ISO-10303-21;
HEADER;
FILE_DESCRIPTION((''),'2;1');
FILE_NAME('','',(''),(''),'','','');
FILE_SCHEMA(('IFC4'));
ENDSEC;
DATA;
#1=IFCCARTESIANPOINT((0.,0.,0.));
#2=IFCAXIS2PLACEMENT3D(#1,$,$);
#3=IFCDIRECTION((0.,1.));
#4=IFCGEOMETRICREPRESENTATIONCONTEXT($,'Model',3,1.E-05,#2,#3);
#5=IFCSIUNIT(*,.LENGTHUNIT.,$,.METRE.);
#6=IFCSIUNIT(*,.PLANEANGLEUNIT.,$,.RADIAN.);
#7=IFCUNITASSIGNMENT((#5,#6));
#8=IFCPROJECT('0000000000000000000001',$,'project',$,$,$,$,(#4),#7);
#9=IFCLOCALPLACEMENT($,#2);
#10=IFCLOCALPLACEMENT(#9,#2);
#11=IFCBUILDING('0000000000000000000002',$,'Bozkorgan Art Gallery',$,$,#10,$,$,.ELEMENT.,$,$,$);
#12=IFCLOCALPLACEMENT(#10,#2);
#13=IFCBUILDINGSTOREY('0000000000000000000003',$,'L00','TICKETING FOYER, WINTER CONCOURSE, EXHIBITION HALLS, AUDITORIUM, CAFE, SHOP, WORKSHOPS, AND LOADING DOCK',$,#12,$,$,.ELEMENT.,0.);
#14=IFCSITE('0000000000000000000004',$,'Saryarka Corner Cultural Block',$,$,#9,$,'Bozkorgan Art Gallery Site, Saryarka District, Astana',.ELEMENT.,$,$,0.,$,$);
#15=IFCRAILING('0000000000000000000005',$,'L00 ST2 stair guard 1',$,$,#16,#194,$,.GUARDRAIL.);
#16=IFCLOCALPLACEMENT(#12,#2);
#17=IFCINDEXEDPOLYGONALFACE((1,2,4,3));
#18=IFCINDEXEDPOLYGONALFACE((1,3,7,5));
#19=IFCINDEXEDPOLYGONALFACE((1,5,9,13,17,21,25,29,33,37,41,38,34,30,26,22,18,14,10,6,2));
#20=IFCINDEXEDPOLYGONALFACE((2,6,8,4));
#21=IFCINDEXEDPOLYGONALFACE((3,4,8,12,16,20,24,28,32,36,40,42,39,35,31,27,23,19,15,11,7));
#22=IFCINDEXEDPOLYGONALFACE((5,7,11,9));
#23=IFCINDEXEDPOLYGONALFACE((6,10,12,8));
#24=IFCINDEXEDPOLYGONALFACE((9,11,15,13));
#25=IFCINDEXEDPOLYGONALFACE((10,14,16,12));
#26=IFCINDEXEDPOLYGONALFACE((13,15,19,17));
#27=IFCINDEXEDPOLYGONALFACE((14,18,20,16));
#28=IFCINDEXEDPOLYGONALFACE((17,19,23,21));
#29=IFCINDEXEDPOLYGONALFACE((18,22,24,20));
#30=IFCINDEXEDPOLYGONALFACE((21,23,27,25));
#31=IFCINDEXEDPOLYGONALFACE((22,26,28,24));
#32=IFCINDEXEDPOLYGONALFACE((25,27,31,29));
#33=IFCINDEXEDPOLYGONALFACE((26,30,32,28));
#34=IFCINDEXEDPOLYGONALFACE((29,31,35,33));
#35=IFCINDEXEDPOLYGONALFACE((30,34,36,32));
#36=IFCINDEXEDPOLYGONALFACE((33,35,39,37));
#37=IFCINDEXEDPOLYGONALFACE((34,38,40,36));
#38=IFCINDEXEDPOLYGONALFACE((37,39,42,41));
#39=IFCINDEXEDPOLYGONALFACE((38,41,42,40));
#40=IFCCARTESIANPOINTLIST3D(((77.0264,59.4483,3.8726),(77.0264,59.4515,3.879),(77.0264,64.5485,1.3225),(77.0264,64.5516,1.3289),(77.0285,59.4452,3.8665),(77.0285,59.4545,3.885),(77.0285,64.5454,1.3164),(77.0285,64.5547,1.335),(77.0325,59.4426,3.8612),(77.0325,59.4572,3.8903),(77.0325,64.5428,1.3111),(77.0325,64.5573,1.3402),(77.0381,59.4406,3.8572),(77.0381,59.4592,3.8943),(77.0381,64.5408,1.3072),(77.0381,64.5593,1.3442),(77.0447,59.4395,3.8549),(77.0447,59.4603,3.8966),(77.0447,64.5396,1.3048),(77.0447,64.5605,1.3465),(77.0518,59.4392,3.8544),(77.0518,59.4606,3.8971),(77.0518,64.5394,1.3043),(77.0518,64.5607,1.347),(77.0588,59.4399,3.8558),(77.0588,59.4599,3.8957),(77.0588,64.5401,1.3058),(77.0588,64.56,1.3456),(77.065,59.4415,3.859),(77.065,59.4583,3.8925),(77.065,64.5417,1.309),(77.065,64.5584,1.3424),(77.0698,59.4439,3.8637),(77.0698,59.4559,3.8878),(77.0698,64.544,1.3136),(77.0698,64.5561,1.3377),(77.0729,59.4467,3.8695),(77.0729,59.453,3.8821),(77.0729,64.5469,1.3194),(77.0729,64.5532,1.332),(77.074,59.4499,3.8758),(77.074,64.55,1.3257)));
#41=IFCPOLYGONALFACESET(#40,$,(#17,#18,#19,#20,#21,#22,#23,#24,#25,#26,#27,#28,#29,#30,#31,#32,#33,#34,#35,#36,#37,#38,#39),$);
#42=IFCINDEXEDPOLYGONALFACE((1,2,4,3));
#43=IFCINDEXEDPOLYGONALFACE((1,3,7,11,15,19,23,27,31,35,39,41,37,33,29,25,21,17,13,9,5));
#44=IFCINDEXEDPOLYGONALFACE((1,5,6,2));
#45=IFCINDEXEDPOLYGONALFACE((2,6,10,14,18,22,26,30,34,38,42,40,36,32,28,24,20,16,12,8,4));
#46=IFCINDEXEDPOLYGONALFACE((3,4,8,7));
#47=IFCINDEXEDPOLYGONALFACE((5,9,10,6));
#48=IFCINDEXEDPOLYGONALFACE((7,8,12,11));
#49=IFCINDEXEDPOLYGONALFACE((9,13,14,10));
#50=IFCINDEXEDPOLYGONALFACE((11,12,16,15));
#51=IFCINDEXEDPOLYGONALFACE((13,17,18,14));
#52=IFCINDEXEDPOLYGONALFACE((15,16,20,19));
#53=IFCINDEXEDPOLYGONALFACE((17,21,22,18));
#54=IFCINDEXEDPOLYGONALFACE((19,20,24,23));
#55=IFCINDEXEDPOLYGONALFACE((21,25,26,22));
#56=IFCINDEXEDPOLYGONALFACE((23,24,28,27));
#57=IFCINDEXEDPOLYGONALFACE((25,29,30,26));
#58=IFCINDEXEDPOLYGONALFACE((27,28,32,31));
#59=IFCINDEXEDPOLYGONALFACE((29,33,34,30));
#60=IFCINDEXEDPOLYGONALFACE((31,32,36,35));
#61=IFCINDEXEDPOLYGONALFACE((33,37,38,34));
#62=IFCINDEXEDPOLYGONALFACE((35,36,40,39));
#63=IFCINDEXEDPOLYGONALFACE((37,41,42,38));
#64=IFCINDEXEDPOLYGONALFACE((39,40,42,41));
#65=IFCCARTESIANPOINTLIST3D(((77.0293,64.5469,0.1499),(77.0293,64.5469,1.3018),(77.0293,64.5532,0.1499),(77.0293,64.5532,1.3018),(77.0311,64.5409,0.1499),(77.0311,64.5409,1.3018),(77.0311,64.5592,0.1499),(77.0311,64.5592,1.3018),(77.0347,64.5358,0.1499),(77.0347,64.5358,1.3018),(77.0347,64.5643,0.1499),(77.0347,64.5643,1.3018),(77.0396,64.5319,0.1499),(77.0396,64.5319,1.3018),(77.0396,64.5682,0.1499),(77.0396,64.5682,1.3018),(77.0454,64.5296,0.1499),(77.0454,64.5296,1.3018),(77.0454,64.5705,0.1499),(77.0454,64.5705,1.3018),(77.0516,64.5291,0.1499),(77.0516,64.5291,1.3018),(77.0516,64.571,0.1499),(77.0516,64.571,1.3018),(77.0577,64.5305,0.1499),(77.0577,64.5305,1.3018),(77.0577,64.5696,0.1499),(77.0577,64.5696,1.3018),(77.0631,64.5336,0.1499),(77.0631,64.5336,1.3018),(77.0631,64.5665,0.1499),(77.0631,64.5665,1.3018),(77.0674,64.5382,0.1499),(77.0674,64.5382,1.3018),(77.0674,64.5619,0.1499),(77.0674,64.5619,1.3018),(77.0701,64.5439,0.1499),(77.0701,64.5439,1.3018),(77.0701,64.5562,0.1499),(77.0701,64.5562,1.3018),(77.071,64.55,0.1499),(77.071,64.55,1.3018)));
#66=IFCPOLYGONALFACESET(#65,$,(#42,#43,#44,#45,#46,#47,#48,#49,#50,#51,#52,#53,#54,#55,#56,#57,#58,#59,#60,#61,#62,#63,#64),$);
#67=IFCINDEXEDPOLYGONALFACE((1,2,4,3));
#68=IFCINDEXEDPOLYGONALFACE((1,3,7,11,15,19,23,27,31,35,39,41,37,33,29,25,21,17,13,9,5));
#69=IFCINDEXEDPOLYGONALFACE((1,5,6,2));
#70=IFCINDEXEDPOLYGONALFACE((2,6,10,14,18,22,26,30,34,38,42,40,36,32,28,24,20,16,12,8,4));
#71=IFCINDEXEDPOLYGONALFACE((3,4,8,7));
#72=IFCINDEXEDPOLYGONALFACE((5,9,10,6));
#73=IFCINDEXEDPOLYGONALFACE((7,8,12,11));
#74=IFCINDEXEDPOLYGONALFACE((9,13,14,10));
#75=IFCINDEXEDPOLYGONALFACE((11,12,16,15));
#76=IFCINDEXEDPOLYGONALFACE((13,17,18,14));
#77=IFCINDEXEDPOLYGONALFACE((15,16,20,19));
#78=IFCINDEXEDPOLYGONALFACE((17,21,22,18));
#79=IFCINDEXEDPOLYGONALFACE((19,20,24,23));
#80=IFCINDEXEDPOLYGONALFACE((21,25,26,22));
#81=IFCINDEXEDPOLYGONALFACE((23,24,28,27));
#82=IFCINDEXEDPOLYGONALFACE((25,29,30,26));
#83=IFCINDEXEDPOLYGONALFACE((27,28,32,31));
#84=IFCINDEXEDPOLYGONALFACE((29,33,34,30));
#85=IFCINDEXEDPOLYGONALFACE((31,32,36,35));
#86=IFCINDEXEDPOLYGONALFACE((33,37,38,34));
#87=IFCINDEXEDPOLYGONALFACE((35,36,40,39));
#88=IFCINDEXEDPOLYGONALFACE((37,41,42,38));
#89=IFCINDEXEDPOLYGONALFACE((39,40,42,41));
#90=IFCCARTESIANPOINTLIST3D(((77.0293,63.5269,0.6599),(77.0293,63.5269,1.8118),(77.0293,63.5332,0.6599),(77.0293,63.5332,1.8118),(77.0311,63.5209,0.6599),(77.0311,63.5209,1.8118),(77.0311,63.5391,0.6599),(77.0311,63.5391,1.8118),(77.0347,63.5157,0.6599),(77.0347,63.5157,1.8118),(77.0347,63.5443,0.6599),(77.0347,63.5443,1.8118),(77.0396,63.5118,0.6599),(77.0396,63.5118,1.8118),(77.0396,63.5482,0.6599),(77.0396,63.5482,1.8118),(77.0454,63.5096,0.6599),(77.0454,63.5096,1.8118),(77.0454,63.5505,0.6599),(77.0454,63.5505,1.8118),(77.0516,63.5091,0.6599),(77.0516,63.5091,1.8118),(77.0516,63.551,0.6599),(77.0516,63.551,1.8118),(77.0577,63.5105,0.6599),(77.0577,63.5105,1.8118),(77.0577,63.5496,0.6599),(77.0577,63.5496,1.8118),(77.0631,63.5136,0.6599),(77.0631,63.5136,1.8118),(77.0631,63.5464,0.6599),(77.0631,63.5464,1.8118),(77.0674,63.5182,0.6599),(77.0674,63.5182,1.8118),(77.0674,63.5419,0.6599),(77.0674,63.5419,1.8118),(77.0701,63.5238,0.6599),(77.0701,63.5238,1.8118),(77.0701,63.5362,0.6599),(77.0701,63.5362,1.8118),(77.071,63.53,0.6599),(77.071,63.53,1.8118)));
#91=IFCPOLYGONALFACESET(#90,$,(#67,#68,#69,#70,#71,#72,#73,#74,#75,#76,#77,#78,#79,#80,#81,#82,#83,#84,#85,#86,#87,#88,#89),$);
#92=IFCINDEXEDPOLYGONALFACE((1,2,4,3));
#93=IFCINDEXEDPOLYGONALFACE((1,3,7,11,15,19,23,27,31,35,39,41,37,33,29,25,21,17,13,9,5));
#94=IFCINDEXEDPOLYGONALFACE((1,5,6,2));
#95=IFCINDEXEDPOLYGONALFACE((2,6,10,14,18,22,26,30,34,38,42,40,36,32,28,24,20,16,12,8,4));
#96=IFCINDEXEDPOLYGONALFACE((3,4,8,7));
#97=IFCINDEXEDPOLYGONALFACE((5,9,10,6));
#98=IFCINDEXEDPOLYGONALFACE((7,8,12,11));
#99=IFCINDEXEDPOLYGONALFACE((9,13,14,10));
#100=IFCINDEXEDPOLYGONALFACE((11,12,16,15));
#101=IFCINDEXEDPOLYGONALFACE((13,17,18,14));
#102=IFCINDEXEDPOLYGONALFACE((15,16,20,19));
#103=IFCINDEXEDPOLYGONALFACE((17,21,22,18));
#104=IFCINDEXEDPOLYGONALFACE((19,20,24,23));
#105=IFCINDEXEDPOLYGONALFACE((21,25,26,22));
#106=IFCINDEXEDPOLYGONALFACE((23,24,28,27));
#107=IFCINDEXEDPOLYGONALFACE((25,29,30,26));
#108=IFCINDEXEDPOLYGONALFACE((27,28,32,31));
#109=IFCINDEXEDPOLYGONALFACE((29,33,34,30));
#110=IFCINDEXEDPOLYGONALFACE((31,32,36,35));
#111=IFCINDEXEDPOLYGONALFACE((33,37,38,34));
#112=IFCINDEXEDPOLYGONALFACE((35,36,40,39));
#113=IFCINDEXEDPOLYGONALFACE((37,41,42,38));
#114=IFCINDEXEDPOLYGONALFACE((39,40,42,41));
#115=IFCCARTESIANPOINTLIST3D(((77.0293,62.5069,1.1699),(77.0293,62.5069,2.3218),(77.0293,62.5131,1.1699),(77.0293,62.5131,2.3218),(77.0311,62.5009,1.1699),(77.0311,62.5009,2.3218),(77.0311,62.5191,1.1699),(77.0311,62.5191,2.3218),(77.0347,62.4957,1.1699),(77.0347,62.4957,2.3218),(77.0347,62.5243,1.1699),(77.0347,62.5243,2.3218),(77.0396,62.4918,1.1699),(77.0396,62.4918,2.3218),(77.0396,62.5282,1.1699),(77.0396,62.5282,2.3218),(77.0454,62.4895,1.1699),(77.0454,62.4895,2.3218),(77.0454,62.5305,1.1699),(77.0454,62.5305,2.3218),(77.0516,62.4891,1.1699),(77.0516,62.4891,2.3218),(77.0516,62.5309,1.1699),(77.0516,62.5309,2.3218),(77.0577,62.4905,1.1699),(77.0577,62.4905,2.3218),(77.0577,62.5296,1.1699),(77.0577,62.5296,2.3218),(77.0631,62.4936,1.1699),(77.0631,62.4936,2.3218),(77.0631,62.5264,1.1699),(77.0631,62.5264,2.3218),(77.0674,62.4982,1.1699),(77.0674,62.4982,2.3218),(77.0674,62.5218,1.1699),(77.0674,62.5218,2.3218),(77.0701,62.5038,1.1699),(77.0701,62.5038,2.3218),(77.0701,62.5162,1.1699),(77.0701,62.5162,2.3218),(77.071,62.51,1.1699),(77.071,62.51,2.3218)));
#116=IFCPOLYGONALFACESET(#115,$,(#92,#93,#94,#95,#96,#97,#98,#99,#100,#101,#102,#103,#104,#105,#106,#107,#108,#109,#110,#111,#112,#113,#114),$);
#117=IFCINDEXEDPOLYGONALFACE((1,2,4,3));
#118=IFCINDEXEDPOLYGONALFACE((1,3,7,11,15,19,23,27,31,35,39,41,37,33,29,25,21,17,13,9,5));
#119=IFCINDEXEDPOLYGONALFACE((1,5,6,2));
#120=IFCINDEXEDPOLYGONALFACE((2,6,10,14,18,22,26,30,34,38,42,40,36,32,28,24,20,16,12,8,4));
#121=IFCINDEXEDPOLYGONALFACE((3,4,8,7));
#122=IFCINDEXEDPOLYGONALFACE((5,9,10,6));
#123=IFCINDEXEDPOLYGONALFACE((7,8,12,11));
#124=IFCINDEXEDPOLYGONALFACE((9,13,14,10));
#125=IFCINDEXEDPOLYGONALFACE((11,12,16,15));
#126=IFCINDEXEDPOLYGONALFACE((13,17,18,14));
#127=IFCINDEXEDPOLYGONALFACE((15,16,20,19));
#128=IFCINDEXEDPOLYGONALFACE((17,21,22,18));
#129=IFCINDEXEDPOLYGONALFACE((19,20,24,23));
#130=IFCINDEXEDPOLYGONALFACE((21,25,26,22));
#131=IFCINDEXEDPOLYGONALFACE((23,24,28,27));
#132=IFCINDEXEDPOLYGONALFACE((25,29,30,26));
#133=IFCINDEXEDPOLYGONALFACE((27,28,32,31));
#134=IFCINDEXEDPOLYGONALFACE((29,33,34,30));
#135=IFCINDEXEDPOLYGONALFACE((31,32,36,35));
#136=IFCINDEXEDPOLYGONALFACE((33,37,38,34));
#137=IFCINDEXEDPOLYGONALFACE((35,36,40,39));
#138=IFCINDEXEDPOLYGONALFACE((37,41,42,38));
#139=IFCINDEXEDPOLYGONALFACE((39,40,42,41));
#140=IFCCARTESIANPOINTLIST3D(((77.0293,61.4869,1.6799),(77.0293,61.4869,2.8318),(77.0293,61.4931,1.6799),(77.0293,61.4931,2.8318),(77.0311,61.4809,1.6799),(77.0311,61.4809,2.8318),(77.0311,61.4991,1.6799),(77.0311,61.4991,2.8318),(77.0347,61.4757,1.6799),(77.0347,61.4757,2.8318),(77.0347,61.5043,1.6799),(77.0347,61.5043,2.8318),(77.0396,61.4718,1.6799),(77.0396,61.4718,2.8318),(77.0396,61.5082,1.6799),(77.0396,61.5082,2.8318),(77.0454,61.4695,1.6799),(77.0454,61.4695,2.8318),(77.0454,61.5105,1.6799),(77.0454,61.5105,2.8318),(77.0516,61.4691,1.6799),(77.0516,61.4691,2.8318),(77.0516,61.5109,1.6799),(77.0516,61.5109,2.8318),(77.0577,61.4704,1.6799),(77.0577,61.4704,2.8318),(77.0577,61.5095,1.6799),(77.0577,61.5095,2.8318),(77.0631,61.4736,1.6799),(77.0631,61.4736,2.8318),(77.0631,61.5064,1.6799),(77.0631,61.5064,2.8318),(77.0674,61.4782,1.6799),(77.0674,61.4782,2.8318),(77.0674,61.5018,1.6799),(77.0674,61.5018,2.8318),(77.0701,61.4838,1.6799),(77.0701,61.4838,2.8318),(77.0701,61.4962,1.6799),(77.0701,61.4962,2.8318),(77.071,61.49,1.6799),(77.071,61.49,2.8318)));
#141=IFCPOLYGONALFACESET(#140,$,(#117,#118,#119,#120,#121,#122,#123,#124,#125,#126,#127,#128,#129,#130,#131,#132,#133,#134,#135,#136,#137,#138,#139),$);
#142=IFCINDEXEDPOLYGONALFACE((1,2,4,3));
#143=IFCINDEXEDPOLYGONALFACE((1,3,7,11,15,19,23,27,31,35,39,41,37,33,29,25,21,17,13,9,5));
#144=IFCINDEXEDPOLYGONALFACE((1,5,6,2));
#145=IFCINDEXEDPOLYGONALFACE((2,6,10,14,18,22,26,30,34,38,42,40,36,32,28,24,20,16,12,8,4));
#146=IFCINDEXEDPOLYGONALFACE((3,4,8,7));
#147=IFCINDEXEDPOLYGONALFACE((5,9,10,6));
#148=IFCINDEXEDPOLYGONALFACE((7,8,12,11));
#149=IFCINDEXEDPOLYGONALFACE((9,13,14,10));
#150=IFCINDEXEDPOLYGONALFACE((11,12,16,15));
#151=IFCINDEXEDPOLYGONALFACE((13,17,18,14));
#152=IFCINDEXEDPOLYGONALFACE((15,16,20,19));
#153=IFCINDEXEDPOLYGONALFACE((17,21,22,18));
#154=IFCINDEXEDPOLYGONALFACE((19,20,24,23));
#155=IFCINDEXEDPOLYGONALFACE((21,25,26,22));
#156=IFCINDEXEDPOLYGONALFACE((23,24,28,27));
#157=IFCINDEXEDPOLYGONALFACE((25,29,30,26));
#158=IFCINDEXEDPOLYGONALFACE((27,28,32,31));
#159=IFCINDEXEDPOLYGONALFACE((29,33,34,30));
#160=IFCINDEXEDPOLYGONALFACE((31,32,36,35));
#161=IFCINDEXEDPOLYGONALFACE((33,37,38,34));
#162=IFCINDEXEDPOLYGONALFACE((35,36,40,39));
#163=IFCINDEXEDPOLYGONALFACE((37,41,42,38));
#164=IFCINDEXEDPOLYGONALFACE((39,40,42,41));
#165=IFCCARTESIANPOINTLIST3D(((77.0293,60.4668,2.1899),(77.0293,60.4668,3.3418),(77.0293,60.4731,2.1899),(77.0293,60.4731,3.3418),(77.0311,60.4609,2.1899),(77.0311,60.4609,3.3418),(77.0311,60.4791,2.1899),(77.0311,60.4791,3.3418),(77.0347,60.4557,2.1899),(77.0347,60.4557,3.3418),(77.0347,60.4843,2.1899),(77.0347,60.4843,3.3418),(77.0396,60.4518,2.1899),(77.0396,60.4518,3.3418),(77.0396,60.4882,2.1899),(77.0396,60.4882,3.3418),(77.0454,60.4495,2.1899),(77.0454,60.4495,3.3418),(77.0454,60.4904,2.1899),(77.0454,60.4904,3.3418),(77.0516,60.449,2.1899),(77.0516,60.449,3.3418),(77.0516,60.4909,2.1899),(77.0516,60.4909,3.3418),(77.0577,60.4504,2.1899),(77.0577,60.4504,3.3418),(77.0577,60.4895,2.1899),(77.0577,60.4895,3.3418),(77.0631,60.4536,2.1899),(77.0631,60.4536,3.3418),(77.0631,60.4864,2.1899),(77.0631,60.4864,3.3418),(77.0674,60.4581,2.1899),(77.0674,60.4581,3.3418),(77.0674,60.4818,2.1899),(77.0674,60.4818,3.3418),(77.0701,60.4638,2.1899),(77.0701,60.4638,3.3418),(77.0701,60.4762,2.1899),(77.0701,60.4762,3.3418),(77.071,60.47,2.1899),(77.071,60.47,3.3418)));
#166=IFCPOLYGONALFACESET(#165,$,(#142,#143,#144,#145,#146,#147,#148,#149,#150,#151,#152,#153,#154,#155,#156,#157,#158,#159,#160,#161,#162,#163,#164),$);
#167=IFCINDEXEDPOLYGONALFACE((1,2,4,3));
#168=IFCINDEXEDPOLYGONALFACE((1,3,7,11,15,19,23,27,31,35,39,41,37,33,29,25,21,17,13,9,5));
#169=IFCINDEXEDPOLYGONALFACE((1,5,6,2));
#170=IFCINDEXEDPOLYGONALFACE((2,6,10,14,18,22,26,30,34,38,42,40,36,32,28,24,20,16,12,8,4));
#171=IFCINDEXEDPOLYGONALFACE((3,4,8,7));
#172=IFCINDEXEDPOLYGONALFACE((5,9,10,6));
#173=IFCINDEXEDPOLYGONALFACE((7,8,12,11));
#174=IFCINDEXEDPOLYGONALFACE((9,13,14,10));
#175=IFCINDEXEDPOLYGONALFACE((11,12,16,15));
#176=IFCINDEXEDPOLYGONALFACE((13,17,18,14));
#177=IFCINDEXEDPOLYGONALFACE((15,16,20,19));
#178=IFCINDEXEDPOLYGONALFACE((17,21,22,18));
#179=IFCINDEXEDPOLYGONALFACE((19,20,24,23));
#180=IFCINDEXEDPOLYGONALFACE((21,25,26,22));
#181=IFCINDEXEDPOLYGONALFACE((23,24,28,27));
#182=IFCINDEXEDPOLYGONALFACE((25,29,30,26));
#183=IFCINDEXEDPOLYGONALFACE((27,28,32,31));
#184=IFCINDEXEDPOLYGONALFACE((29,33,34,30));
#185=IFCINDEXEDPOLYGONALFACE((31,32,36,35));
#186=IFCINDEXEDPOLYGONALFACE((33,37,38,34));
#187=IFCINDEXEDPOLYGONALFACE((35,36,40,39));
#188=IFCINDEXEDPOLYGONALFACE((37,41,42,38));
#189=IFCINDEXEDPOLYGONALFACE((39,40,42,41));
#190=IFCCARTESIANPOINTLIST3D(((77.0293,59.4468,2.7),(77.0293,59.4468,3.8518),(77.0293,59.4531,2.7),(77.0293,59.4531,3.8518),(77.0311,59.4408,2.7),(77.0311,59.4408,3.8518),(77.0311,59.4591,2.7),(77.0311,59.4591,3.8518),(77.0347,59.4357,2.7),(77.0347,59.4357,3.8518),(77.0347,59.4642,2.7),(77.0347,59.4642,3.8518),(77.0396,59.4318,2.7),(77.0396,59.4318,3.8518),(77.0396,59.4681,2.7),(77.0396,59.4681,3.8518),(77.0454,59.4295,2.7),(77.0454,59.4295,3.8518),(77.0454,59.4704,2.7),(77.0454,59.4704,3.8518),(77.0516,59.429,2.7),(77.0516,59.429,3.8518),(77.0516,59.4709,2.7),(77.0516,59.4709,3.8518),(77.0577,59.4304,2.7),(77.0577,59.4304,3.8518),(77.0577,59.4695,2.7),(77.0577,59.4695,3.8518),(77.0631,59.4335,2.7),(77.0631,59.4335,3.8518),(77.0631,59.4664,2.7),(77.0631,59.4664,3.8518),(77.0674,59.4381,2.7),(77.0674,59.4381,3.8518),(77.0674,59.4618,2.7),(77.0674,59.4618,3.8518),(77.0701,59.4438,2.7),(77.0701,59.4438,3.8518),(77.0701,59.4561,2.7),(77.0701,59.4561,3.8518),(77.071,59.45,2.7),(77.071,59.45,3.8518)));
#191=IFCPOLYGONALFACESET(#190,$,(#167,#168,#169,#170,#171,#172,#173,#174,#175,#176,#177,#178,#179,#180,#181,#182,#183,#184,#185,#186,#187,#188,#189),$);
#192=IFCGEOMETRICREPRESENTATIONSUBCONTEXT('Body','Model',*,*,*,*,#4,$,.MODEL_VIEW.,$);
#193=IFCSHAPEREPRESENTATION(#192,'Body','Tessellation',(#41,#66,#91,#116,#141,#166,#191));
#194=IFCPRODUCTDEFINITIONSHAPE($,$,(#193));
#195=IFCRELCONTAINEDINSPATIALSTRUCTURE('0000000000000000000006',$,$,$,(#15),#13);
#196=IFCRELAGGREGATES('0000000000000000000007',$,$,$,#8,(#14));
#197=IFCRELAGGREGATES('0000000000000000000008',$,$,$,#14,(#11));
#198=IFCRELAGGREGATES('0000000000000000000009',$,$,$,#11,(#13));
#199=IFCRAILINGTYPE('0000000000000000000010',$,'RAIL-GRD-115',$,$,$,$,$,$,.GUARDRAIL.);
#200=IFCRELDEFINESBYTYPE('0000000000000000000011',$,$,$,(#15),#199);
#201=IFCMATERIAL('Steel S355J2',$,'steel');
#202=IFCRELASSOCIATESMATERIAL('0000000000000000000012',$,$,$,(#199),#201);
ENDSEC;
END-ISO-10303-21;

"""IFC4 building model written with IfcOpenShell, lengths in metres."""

from ifc_helpers import new_model, si_unit, direction, frame, origin, origin_2d, place, context, subcontext, project, spatial, circle, extrude, material, type_object, element, save


model = new_model("IFC4")

# Units and contexts
model_context = context("Model", 3, precision=1e-05, world=origin(), true_north=direction((0.0, 1.0)))
body_context = subcontext(model_context, "Body", "Model", "MODEL_VIEW")
ifc_project = project(units=[si_unit("LENGTHUNIT", "METRE"), si_unit("PLANEANGLEUNIT", "RADIAN")], contexts=[model_context])

# Site, building, storey
site_placement = place(None, origin())
site = spatial("IfcSite", under=ifc_project, at=site_placement, Name="Saryarka Corner Cultural Block", LongName="Bozkorgan Art Gallery Site, Saryarka District, Astana", CompositionType="ELEMENT", RefElevation=0.0)
building_placement = place(site_placement, origin())
building = spatial("IfcBuilding", under=site, at=building_placement, Name="Bozkorgan Art Gallery", CompositionType="ELEMENT")
storey_placement = place(building_placement, origin())
storey = spatial("IfcBuildingStorey", under=building, at=storey_placement, Name="L00", Description="TICKETING FOYER, WINTER CONCOURSE, EXHIBITION HALLS, AUDITORIUM, CAFE, SHOP, WORKSHOPS, AND LOADING DOCK", CompositionType="ELEMENT", Elevation=0.0)

# Shared definitions
ifc_material_1 = material(Name="Steel S355J2", Category="steel")

# Railing
railing_type_1 = type_object("IfcRailingType", Name="RAIL-GRD-115", PredefinedType="GUARDRAIL", material=ifc_material_1)
railing_1_placement = place(storey_placement, frame((77.05, 64.55, 0.1499)))
element("IfcRailing", 1, at=railing_1_placement, inside=storey, type_object=railing_type_1, Name="L00 ST2 stair guard 1", PredefinedType="GUARDRAIL", context=body_context, shape_type="SweptSolid", body=[
    extrude(circle(Radius=0.0239, at=origin_2d()), frame((0.0, 0.0, 1.1758), z_axis=(0.0, -0.894427, 0.447214), x_axis=(1.0, 0.0, 0.0)), (0.0, 0.0, 1.0), 5.7021),
    extrude(circle(Radius=0.021, at=origin_2d()), origin(), (0.0, 0.0, 1.0), 1.1519),
    extrude(circle(Radius=0.021, at=origin_2d()), frame((0.0, -1.02, 0.51)), (0.0, 0.0, 1.0), 1.1519),
    extrude(circle(Radius=0.021, at=origin_2d()), frame((0.0, -2.04, 1.02)), (0.0, 0.0, 1.0), 1.1519),
    extrude(circle(Radius=0.021, at=origin_2d()), frame((0.0, -3.0601, 1.53)), (0.0, 0.0, 1.0), 1.1519),
    extrude(circle(Radius=0.021, at=origin_2d()), frame((0.0, -4.0801, 2.04)), (0.0, 0.0, 1.0), 1.1519),
    extrude(circle(Radius=0.021, at=origin_2d()), frame((0.0, -5.1001, 2.55)), (0.0, 0.0, 1.0), 1.1519),
])

save(model, "model.ifc")
